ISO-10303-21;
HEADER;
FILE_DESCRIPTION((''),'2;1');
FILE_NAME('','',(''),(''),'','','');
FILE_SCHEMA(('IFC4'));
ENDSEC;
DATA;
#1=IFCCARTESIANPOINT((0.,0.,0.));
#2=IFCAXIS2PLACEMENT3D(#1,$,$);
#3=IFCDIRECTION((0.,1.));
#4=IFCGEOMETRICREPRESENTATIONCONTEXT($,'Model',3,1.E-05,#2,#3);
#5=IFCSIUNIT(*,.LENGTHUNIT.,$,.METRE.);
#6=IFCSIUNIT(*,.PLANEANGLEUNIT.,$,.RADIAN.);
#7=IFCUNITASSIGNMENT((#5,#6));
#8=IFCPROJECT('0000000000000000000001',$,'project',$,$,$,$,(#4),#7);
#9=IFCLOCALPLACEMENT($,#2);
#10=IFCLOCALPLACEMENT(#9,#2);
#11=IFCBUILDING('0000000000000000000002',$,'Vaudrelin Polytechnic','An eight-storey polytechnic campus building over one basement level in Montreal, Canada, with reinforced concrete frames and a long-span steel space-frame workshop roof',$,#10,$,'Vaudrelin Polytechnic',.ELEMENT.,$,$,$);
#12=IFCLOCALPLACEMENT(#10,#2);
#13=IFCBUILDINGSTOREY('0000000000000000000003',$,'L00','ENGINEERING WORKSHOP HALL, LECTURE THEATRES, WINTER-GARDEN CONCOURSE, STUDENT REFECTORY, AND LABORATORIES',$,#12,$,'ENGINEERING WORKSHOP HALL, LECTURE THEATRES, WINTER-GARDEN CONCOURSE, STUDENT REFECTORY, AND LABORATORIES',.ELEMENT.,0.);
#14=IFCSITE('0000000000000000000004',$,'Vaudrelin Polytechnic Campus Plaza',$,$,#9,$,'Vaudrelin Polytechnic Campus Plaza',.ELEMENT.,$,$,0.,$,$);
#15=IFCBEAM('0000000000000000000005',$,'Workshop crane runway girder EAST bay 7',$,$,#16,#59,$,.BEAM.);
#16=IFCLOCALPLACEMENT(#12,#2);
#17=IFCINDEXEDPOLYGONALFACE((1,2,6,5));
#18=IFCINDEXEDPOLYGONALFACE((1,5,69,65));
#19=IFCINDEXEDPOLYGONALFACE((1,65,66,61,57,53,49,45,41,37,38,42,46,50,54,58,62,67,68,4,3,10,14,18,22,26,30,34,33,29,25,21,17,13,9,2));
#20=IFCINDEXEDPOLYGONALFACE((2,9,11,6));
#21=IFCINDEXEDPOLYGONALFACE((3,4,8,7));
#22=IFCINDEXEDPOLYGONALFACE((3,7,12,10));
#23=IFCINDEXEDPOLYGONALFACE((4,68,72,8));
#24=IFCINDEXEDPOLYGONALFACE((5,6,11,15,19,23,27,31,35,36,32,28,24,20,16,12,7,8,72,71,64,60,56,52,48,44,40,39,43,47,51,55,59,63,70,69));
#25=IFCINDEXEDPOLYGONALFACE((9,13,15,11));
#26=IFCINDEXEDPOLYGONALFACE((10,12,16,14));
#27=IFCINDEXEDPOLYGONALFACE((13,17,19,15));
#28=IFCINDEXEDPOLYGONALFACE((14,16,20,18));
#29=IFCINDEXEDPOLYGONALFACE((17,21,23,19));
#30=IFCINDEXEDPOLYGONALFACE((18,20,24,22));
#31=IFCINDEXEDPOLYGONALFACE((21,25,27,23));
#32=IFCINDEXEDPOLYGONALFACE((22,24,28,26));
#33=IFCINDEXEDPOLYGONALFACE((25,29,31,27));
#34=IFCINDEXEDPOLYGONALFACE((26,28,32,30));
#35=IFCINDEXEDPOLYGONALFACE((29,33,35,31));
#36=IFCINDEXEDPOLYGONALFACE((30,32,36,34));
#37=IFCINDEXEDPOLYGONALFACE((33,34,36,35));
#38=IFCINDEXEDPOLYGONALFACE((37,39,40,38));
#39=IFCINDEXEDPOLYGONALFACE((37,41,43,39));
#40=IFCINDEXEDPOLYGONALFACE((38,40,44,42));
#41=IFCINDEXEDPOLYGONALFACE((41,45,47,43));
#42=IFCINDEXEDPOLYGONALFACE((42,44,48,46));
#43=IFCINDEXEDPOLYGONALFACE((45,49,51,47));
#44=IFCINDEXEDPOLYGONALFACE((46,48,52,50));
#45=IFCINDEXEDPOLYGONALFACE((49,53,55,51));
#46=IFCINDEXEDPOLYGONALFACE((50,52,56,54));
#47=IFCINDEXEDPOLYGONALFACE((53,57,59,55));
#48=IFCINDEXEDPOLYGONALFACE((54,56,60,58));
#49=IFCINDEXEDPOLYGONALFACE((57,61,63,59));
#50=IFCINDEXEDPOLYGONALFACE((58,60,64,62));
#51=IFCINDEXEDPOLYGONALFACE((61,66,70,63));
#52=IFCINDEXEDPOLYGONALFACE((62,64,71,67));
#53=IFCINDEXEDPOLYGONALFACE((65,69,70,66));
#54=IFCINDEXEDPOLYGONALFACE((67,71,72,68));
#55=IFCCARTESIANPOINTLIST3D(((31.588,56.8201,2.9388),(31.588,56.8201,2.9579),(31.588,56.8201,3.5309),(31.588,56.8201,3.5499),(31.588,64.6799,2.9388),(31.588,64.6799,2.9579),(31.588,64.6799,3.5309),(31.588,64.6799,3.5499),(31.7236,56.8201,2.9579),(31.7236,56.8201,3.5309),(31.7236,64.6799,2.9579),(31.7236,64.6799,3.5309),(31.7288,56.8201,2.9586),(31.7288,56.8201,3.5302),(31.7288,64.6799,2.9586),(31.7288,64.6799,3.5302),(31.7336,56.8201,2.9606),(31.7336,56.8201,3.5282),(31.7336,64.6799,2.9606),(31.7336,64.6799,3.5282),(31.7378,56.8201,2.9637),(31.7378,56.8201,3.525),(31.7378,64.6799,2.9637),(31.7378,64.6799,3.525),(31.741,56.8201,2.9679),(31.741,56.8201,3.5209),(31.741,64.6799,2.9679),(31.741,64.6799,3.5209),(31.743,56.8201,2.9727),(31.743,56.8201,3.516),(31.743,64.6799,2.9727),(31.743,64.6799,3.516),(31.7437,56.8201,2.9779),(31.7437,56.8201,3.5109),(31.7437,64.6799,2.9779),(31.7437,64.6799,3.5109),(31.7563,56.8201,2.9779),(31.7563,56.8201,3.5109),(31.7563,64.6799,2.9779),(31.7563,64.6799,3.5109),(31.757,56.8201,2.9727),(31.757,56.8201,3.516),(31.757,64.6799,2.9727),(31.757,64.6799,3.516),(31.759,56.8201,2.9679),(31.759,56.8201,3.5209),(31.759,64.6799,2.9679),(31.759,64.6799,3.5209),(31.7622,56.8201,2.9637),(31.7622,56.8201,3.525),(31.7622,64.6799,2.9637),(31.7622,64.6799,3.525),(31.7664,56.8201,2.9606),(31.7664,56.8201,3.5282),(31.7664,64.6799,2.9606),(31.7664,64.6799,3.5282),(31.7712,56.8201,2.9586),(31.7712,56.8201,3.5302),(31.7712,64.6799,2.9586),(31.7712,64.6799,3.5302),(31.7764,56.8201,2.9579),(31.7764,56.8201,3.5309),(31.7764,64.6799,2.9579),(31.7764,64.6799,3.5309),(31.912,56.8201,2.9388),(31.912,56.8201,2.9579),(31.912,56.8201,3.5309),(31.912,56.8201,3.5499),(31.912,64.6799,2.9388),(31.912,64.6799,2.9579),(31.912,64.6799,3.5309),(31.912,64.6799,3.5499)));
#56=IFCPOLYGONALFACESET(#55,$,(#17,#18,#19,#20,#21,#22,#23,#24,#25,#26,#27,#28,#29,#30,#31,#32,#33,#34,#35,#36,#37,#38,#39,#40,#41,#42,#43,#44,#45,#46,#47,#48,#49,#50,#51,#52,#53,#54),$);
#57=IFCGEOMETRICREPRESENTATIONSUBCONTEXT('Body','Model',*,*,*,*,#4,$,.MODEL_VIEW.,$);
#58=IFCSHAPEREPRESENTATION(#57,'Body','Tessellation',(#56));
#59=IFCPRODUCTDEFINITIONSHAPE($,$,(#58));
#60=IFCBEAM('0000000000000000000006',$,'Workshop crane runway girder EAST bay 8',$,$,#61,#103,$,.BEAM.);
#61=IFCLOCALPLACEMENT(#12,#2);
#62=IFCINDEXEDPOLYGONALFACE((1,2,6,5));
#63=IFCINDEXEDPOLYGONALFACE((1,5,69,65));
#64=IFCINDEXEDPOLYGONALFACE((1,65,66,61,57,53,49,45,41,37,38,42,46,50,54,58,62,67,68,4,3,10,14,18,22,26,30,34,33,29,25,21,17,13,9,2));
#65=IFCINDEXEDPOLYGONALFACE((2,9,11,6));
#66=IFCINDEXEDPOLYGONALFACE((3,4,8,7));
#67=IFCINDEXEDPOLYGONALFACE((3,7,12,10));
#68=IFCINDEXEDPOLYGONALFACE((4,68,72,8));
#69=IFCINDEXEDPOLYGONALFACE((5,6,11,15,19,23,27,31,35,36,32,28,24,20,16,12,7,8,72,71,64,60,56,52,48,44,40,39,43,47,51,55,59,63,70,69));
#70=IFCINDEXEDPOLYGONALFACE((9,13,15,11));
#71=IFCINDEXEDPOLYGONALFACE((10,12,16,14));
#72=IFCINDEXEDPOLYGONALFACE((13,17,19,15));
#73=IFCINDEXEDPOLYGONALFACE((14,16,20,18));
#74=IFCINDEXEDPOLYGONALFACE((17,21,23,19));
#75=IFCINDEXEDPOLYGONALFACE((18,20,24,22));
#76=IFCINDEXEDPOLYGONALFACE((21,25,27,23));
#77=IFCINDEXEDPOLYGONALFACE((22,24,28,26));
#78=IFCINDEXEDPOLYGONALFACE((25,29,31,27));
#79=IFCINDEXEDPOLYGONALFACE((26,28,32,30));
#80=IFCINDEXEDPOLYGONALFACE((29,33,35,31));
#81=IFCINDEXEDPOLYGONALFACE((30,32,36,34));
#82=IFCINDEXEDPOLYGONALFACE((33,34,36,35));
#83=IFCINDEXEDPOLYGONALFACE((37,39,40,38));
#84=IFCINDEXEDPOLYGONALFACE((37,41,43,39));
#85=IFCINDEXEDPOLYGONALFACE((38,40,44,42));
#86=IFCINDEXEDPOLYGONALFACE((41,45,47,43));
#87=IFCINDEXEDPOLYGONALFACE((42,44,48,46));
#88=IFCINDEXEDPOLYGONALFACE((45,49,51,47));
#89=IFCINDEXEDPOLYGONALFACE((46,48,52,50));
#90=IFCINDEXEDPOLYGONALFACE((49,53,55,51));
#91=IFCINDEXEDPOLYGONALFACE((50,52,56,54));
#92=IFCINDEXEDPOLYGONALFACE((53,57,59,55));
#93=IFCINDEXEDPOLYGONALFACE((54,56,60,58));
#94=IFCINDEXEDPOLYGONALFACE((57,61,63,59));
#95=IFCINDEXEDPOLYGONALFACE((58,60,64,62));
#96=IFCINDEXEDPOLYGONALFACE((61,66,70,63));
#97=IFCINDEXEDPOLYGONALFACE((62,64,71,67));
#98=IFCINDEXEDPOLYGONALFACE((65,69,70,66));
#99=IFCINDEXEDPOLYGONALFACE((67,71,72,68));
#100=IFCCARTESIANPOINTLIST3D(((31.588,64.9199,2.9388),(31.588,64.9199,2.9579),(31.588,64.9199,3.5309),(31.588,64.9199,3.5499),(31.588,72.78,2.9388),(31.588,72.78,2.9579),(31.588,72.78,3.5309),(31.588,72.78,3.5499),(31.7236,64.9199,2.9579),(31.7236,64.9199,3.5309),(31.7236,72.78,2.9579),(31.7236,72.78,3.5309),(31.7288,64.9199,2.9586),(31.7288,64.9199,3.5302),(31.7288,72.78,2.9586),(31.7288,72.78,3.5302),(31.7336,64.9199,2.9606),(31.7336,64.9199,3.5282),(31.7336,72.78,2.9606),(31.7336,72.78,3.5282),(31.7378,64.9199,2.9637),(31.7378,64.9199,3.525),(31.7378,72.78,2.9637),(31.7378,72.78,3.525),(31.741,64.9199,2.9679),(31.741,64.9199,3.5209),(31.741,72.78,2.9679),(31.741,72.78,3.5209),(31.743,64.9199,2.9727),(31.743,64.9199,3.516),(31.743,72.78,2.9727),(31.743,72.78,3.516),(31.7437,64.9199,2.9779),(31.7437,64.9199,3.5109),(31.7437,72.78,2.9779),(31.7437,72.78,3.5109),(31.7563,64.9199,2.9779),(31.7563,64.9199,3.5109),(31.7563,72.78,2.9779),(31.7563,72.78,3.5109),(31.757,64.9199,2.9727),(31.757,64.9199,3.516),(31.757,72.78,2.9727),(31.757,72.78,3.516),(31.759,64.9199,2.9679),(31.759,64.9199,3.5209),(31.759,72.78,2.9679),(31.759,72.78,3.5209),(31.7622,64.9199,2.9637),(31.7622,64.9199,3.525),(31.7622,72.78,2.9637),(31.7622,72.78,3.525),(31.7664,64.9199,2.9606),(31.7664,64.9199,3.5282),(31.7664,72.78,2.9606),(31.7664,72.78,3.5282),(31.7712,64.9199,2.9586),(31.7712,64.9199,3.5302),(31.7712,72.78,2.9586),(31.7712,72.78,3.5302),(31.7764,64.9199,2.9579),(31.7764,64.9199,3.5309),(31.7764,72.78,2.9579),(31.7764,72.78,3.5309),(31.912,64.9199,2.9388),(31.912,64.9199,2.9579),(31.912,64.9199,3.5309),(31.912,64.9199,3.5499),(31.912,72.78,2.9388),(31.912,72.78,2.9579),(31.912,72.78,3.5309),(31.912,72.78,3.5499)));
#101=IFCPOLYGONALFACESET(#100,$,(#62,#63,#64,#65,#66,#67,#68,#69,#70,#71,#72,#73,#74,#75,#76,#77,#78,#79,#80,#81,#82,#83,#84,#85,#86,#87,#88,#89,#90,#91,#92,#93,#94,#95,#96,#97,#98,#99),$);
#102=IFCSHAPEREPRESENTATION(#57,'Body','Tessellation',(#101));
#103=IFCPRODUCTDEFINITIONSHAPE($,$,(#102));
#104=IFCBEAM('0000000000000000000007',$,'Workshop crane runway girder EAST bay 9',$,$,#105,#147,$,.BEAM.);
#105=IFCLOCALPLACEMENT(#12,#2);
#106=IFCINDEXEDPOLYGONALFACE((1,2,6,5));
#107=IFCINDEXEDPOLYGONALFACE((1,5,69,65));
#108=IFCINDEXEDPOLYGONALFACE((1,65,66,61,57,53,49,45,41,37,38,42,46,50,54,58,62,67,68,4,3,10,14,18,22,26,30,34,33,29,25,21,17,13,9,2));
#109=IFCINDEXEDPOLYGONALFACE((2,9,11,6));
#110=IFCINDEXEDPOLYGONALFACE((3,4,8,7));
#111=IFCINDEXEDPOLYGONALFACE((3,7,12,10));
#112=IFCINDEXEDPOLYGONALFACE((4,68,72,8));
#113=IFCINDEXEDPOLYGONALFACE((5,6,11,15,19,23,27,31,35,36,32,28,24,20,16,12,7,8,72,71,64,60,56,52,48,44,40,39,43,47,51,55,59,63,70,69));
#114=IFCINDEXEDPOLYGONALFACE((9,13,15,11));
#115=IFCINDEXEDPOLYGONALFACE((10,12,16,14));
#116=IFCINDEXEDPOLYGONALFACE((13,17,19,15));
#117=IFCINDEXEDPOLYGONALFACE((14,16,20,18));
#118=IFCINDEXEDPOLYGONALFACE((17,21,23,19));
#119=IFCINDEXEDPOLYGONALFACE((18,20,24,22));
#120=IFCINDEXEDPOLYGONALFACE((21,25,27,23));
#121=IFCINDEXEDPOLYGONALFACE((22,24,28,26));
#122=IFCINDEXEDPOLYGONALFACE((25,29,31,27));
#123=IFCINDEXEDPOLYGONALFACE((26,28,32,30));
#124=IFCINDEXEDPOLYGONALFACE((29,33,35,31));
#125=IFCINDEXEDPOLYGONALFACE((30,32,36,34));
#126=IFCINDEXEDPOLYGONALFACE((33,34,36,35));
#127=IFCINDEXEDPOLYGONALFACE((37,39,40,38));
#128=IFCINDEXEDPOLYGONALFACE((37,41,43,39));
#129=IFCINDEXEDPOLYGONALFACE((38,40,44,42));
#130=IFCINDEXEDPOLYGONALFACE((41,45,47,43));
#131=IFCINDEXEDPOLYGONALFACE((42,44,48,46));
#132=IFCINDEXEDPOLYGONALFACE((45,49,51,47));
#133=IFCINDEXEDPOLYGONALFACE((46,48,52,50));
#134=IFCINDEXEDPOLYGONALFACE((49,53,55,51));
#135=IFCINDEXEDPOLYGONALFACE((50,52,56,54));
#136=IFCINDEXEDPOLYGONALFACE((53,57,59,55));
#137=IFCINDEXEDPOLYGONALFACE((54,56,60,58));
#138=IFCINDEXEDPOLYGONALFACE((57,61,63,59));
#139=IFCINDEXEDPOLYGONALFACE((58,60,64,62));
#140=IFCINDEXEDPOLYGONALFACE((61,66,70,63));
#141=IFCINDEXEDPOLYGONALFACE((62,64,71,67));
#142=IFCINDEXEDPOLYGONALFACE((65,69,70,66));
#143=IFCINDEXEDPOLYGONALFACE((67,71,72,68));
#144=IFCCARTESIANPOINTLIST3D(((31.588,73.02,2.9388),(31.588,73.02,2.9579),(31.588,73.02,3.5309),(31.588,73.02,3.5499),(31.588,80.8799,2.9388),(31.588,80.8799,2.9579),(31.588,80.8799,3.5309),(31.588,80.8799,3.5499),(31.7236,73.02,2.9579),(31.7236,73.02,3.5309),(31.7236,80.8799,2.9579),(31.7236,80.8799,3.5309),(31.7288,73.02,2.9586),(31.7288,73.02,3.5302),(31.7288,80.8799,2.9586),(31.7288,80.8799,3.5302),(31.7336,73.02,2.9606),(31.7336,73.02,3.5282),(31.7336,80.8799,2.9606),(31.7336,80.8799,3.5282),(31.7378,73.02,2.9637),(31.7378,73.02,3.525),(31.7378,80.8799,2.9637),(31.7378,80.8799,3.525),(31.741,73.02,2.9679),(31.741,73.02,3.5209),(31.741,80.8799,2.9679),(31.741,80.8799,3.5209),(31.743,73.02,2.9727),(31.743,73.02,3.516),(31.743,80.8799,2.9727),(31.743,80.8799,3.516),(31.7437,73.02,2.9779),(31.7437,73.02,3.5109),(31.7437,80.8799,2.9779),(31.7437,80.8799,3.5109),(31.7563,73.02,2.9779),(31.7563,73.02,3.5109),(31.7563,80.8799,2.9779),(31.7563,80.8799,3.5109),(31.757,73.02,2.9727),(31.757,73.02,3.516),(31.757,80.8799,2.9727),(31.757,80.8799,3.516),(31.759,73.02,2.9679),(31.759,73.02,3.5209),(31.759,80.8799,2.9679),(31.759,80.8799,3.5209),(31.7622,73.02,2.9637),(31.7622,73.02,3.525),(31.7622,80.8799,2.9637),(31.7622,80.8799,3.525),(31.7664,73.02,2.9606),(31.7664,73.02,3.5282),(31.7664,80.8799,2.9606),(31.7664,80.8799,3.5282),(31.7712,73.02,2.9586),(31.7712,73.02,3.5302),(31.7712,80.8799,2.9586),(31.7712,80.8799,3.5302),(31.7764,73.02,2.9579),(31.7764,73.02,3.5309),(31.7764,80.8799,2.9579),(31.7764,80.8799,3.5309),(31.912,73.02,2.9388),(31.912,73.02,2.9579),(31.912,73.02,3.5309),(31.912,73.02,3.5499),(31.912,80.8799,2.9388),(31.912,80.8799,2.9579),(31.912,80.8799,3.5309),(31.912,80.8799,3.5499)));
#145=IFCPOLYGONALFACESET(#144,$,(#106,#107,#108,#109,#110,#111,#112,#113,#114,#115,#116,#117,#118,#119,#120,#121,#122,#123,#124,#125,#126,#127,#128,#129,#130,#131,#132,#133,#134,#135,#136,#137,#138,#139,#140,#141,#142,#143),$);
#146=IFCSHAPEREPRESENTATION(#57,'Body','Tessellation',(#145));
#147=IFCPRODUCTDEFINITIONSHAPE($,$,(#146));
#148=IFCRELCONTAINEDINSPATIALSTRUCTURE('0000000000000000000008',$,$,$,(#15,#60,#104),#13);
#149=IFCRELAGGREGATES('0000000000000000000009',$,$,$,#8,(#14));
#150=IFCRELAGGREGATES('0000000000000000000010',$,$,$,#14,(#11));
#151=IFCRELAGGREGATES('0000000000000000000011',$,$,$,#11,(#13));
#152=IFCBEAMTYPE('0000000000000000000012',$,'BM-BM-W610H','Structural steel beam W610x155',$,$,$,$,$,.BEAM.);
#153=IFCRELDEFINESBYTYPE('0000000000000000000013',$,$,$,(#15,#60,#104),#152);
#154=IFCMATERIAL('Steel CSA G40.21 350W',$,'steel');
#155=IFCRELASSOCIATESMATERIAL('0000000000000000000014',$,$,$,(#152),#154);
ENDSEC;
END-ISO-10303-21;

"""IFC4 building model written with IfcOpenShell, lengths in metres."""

from ifc_helpers import new_model, si_unit, direction, frame, origin, origin_2d, place, context, subcontext, project, spatial, i_section, extrude, material, material_profile, profile_set, type_object, element, save


model = new_model("IFC4")

# Units and contexts
model_context = context("Model", 3, precision=1e-05, world=origin(), true_north=direction((0.0, 1.0)))
body_context = subcontext(model_context, "Body", "Model", "MODEL_VIEW")
ifc_project = project(units=[si_unit("LENGTHUNIT", "METRE"), si_unit("PLANEANGLEUNIT", "RADIAN")], contexts=[model_context])

# Site, building, storey
site_placement = place(None, origin())
site = spatial("IfcSite", under=ifc_project, at=site_placement, Name="Vaudrelin Polytechnic Campus Plaza", LongName="Vaudrelin Polytechnic Campus Plaza", CompositionType="ELEMENT", RefElevation=0.0)
building_placement = place(site_placement, origin())
building = spatial("IfcBuilding", under=site, at=building_placement, Name="Vaudrelin Polytechnic", Description="An eight-storey polytechnic campus building over one basement level in Montreal, Canada, with reinforced concrete frames and a long-span steel space-frame workshop roof", LongName="Vaudrelin Polytechnic", CompositionType="ELEMENT")
storey_placement = place(building_placement, origin())
storey = spatial("IfcBuildingStorey", under=building, at=storey_placement, Name="L00", Description="ENGINEERING WORKSHOP HALL, LECTURE THEATRES, WINTER-GARDEN CONCOURSE, STUDENT REFECTORY, AND LABORATORIES", LongName="ENGINEERING WORKSHOP HALL, LECTURE THEATRES, WINTER-GARDEN CONCOURSE, STUDENT REFECTORY, AND LABORATORIES", CompositionType="ELEMENT", Elevation=0.0)

# Shared definitions
ifc_material_1 = material(Name="Steel CSA G40.21 350W", Category="steel")

# Beams
ifc_material_profile_1 = material_profile(ifc_material_1, i_section(OverallWidth=0.324, OverallDepth=0.6111, WebThickness=0.0127, FlangeThickness=0.019, FilletRadius=0.02, at=origin_2d()), Name="W610x155")
ifc_profile_set_1 = profile_set([ifc_material_profile_1], Name="Steel CSA G40.21 350W")
beam_type_1 = type_object("IfcBeamType", Name="BM-BM-W610H", Description="Structural steel beam W610x155", PredefinedType="BEAM", material=ifc_profile_set_1)
for number, where, z_axis, x_axis, name in (
    (1, (31.75, 56.8201, 3.2444), (0.0, 1.0, 0.0), (-1.0, 0.0, 0.0), "Workshop crane runway girder EAST bay 7"),
):
    element("IfcBeam", number, at=place(storey_placement, frame(where, z_axis=z_axis, x_axis=x_axis)), inside=storey, type_object=beam_type_1, Name=name, PredefinedType="BEAM", context=body_context, shape_type="SweptSolid", body=[
        extrude(i_section(OverallWidth=0.324, OverallDepth=0.6111, WebThickness=0.0127, FlangeThickness=0.019, FilletRadius=0.02, at=origin_2d()), origin(), (0.0, 0.0, 1.0), 7.8599),
    ])
beam_1_placement = place(storey_placement, frame((31.75, 64.9199, 3.2444), z_axis=(0.0, 1.0, 0.0), x_axis=(-1.0, 0.0, 0.0)))
element("IfcBeam", 2, at=beam_1_placement, inside=storey, type_object=beam_type_1, Name="Workshop crane runway girder EAST bay 8", PredefinedType="BEAM", context=body_context, shape_type="SweptSolid", body=[
    extrude(i_section(OverallWidth=0.324, OverallDepth=0.6111, WebThickness=0.0127, FlangeThickness=0.019, FilletRadius=0.02, at=origin_2d()), origin(), (0.0, 0.0, 1.0), 7.8601),
])
beam_2_placement = place(storey_placement, frame((31.75, 73.02, 3.2444), z_axis=(0.0, 1.0, 0.0), x_axis=(-1.0, 0.0, 0.0)))
element("IfcBeam", 3, at=beam_2_placement, inside=storey, type_object=beam_type_1, Name="Workshop crane runway girder EAST bay 9", PredefinedType="BEAM", context=body_context, shape_type="SweptSolid", body=[
    extrude(i_section(OverallWidth=0.324, OverallDepth=0.6111, WebThickness=0.0127, FlangeThickness=0.019, FilletRadius=0.02, at=origin_2d()), origin(), (0.0, 0.0, 1.0), 7.8599),
])

save(model, "model.ifc")
